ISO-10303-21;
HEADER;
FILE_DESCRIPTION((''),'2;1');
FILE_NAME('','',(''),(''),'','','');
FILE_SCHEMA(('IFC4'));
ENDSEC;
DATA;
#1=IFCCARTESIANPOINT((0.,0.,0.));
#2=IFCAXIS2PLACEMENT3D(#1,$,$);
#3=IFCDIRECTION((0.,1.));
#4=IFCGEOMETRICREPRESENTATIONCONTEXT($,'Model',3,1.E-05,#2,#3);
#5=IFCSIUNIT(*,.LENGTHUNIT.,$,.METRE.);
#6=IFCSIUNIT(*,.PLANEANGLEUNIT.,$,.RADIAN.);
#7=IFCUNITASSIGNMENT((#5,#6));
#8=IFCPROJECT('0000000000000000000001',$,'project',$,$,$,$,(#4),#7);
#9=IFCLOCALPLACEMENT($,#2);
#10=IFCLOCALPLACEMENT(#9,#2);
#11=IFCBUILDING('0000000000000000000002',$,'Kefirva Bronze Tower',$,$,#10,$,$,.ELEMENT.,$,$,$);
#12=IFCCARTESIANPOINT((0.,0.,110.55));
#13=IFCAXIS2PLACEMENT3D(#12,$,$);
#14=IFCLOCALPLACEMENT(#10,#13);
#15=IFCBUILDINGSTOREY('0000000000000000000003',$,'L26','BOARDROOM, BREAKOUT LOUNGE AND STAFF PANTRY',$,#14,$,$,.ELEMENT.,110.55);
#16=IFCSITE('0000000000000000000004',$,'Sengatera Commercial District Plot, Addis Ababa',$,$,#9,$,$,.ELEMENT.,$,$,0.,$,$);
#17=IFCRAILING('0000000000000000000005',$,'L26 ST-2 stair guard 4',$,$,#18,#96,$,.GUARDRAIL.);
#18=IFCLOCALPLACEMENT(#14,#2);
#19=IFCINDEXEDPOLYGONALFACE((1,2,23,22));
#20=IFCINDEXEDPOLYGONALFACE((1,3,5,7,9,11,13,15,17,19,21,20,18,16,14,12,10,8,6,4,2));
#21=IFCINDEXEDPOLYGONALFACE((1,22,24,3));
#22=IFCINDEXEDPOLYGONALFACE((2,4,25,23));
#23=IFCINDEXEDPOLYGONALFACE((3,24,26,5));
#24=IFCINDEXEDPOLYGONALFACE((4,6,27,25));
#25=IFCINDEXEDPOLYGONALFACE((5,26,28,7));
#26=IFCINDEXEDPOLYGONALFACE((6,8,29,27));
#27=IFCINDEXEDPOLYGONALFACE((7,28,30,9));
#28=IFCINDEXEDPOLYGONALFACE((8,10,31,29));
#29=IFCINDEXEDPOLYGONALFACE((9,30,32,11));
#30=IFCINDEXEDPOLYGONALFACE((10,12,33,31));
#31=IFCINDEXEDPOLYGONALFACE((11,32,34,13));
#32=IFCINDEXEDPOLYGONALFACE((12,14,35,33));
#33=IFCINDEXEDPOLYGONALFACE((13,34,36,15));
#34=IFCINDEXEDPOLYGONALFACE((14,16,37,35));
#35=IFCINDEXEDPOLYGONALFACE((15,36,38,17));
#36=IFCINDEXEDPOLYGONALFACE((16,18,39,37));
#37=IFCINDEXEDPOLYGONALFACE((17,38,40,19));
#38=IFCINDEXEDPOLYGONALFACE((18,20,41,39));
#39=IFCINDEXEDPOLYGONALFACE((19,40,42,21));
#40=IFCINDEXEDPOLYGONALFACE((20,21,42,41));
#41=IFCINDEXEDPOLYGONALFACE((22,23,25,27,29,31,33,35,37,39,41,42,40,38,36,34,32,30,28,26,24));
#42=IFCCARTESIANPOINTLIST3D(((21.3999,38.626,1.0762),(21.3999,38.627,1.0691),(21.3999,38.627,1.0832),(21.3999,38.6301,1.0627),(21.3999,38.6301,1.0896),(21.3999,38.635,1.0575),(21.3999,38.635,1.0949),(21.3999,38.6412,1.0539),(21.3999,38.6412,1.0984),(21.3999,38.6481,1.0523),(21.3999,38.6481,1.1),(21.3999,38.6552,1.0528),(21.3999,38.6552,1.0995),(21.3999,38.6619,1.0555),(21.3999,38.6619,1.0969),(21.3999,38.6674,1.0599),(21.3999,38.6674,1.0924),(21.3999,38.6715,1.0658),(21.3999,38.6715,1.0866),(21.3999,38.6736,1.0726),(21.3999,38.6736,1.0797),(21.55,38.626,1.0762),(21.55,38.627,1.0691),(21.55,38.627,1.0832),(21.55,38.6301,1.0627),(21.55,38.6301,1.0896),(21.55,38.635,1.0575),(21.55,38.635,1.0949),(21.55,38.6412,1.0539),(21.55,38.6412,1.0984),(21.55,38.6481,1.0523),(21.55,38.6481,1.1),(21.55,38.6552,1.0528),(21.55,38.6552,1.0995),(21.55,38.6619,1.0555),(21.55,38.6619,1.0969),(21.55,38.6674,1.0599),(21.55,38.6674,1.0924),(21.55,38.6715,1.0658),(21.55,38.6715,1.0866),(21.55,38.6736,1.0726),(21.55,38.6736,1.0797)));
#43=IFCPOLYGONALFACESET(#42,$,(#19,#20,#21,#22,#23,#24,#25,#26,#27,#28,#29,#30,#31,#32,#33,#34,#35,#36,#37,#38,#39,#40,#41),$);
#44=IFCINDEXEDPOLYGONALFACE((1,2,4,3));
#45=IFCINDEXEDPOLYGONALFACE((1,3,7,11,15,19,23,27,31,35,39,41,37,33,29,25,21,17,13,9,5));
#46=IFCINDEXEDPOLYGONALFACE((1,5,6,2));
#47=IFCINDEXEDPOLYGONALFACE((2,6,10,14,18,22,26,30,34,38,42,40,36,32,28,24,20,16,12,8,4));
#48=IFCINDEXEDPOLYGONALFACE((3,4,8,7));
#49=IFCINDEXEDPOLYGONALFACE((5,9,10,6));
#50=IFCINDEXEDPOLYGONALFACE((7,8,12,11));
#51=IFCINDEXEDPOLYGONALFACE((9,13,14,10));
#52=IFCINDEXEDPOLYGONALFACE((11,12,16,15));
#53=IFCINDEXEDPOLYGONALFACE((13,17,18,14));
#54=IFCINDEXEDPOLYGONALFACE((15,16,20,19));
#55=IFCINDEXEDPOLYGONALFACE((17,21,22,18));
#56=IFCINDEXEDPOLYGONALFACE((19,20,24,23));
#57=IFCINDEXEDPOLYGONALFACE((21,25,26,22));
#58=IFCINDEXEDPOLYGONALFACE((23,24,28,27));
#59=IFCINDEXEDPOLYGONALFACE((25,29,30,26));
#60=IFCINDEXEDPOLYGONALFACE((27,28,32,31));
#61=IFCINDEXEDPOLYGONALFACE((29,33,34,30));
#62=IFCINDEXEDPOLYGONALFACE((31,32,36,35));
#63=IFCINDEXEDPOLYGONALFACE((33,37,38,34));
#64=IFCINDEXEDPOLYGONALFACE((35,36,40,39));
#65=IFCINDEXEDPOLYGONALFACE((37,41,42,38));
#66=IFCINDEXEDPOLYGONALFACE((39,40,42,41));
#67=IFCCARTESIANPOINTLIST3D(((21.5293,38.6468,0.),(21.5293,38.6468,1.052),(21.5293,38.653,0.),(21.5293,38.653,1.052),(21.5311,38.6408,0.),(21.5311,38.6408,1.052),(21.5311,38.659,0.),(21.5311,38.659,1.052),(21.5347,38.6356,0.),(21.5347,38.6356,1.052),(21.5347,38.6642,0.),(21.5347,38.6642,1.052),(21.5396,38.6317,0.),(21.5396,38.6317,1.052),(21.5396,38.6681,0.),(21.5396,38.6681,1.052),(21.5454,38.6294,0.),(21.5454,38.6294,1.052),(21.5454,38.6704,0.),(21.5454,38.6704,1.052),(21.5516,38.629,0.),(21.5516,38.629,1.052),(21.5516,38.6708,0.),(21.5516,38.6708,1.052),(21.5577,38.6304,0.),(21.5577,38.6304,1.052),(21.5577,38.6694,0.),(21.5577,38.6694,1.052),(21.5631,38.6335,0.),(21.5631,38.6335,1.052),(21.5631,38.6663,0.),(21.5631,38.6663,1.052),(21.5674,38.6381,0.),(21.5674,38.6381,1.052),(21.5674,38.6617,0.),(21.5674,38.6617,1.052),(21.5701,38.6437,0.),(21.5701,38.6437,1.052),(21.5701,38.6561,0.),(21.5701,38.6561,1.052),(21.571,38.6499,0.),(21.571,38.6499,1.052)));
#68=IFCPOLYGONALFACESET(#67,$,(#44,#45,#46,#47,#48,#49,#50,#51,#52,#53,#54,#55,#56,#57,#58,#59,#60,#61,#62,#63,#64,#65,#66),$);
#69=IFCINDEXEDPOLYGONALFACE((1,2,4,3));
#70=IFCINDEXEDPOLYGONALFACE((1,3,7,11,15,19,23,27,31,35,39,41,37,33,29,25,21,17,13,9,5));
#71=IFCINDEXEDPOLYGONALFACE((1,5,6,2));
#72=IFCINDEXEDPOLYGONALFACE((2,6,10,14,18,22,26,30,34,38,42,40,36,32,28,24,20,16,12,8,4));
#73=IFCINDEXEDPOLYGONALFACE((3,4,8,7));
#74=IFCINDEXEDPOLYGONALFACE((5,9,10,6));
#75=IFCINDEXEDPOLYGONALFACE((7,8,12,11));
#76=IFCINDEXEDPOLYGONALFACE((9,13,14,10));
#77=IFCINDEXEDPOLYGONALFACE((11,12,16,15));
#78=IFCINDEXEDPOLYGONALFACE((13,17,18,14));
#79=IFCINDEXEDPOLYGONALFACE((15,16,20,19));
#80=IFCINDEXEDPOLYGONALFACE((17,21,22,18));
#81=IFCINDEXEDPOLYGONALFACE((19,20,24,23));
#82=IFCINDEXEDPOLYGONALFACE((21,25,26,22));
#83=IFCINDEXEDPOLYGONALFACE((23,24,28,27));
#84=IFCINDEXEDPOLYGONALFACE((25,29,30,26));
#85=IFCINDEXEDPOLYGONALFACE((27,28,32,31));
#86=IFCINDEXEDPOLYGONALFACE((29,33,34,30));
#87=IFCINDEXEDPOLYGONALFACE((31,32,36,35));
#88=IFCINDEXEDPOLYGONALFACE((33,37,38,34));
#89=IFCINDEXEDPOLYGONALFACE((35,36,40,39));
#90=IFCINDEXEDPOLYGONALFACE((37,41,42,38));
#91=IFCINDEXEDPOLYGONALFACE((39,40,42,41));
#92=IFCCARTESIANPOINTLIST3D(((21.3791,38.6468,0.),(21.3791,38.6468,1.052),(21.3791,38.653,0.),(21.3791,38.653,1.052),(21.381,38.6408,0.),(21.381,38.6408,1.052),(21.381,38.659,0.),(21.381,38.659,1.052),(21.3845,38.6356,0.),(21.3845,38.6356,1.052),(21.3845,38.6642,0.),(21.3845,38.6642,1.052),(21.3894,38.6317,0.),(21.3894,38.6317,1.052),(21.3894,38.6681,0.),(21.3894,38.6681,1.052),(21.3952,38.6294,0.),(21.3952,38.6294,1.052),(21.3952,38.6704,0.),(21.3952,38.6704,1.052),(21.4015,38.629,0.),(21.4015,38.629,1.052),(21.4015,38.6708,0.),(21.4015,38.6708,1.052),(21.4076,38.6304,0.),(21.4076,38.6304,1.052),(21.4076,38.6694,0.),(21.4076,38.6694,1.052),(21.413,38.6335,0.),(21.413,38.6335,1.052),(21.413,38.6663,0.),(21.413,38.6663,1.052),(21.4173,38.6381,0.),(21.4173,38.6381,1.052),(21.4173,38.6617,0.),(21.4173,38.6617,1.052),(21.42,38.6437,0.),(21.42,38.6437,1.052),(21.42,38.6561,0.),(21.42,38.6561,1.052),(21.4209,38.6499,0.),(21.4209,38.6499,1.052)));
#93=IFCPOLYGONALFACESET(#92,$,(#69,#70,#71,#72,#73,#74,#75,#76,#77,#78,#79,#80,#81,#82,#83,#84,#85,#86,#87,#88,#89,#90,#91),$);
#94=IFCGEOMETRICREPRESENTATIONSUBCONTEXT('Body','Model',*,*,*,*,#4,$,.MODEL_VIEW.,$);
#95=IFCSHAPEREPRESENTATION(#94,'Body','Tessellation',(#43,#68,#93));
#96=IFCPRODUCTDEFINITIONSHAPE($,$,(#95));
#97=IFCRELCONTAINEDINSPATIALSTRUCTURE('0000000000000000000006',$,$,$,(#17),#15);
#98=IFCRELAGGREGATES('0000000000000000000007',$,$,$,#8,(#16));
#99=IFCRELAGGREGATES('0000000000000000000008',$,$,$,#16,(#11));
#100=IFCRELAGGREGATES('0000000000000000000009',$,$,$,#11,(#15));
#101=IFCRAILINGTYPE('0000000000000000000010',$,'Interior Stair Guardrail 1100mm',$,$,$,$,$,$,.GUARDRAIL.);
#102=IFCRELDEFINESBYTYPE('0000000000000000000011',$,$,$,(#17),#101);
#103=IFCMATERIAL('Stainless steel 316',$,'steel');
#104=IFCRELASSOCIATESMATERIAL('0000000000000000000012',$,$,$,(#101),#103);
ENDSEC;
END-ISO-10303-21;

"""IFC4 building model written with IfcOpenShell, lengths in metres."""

from ifc_helpers import new_model, si_unit, direction, frame, origin, origin_2d, place, context, subcontext, project, spatial, circle, extrude, material, type_object, element, save


model = new_model("IFC4")

# Units and contexts
model_context = context("Model", 3, precision=1e-05, world=origin(), true_north=direction((0.0, 1.0)))
body_context = subcontext(model_context, "Body", "Model", "MODEL_VIEW")
ifc_project = project(units=[si_unit("LENGTHUNIT", "METRE"), si_unit("PLANEANGLEUNIT", "RADIAN")], contexts=[model_context])

# Site, building, storey
site_placement = place(None, origin())
site = spatial("IfcSite", under=ifc_project, at=site_placement, Name="Sengatera Commercial District Plot, Addis Ababa", CompositionType="ELEMENT", RefElevation=0.0)
building_placement = place(site_placement, origin())
building = spatial("IfcBuilding", under=site, at=building_placement, Name="Kefirva Bronze Tower", CompositionType="ELEMENT")
storey_placement = place(building_placement, frame((0.0, 0.0, 110.55)))
storey = spatial("IfcBuildingStorey", under=building, at=storey_placement, Name="L26", Description="BOARDROOM, BREAKOUT LOUNGE AND STAFF PANTRY", CompositionType="ELEMENT", Elevation=110.55)

# Railing
ifc_material_1 = material(Name="Stainless steel 316", Category="steel")
railing_type_1 = type_object("IfcRailingType", Name="Interior Stair Guardrail 1100mm", PredefinedType="GUARDRAIL", material=ifc_material_1)
railing_1_placement = place(storey_placement, frame((21.55, 38.6499, 0.0)))
element("IfcRailing", 1, at=railing_1_placement, inside=storey, type_object=railing_type_1, Name="L26 ST-2 stair guard 4", PredefinedType="GUARDRAIL", context=body_context, shape_type="SweptSolid", body=[
    extrude(circle(Radius=0.0239, at=origin_2d()), frame((0.0, 0.0, 1.0762), z_axis=(-1.0, 0.0, 0.0), x_axis=(0.0, -1.0, 0.0)), (0.0, 0.0, 1.0), 0.1501),
    extrude(circle(Radius=0.021, at=origin_2d()), origin(), (0.0, 0.0, 1.0), 1.052),
    extrude(circle(Radius=0.021, at=origin_2d()), frame((-0.1501, 0.0, 0.0)), (0.0, 0.0, 1.0), 1.052),
])

save(model, "model.ifc")
